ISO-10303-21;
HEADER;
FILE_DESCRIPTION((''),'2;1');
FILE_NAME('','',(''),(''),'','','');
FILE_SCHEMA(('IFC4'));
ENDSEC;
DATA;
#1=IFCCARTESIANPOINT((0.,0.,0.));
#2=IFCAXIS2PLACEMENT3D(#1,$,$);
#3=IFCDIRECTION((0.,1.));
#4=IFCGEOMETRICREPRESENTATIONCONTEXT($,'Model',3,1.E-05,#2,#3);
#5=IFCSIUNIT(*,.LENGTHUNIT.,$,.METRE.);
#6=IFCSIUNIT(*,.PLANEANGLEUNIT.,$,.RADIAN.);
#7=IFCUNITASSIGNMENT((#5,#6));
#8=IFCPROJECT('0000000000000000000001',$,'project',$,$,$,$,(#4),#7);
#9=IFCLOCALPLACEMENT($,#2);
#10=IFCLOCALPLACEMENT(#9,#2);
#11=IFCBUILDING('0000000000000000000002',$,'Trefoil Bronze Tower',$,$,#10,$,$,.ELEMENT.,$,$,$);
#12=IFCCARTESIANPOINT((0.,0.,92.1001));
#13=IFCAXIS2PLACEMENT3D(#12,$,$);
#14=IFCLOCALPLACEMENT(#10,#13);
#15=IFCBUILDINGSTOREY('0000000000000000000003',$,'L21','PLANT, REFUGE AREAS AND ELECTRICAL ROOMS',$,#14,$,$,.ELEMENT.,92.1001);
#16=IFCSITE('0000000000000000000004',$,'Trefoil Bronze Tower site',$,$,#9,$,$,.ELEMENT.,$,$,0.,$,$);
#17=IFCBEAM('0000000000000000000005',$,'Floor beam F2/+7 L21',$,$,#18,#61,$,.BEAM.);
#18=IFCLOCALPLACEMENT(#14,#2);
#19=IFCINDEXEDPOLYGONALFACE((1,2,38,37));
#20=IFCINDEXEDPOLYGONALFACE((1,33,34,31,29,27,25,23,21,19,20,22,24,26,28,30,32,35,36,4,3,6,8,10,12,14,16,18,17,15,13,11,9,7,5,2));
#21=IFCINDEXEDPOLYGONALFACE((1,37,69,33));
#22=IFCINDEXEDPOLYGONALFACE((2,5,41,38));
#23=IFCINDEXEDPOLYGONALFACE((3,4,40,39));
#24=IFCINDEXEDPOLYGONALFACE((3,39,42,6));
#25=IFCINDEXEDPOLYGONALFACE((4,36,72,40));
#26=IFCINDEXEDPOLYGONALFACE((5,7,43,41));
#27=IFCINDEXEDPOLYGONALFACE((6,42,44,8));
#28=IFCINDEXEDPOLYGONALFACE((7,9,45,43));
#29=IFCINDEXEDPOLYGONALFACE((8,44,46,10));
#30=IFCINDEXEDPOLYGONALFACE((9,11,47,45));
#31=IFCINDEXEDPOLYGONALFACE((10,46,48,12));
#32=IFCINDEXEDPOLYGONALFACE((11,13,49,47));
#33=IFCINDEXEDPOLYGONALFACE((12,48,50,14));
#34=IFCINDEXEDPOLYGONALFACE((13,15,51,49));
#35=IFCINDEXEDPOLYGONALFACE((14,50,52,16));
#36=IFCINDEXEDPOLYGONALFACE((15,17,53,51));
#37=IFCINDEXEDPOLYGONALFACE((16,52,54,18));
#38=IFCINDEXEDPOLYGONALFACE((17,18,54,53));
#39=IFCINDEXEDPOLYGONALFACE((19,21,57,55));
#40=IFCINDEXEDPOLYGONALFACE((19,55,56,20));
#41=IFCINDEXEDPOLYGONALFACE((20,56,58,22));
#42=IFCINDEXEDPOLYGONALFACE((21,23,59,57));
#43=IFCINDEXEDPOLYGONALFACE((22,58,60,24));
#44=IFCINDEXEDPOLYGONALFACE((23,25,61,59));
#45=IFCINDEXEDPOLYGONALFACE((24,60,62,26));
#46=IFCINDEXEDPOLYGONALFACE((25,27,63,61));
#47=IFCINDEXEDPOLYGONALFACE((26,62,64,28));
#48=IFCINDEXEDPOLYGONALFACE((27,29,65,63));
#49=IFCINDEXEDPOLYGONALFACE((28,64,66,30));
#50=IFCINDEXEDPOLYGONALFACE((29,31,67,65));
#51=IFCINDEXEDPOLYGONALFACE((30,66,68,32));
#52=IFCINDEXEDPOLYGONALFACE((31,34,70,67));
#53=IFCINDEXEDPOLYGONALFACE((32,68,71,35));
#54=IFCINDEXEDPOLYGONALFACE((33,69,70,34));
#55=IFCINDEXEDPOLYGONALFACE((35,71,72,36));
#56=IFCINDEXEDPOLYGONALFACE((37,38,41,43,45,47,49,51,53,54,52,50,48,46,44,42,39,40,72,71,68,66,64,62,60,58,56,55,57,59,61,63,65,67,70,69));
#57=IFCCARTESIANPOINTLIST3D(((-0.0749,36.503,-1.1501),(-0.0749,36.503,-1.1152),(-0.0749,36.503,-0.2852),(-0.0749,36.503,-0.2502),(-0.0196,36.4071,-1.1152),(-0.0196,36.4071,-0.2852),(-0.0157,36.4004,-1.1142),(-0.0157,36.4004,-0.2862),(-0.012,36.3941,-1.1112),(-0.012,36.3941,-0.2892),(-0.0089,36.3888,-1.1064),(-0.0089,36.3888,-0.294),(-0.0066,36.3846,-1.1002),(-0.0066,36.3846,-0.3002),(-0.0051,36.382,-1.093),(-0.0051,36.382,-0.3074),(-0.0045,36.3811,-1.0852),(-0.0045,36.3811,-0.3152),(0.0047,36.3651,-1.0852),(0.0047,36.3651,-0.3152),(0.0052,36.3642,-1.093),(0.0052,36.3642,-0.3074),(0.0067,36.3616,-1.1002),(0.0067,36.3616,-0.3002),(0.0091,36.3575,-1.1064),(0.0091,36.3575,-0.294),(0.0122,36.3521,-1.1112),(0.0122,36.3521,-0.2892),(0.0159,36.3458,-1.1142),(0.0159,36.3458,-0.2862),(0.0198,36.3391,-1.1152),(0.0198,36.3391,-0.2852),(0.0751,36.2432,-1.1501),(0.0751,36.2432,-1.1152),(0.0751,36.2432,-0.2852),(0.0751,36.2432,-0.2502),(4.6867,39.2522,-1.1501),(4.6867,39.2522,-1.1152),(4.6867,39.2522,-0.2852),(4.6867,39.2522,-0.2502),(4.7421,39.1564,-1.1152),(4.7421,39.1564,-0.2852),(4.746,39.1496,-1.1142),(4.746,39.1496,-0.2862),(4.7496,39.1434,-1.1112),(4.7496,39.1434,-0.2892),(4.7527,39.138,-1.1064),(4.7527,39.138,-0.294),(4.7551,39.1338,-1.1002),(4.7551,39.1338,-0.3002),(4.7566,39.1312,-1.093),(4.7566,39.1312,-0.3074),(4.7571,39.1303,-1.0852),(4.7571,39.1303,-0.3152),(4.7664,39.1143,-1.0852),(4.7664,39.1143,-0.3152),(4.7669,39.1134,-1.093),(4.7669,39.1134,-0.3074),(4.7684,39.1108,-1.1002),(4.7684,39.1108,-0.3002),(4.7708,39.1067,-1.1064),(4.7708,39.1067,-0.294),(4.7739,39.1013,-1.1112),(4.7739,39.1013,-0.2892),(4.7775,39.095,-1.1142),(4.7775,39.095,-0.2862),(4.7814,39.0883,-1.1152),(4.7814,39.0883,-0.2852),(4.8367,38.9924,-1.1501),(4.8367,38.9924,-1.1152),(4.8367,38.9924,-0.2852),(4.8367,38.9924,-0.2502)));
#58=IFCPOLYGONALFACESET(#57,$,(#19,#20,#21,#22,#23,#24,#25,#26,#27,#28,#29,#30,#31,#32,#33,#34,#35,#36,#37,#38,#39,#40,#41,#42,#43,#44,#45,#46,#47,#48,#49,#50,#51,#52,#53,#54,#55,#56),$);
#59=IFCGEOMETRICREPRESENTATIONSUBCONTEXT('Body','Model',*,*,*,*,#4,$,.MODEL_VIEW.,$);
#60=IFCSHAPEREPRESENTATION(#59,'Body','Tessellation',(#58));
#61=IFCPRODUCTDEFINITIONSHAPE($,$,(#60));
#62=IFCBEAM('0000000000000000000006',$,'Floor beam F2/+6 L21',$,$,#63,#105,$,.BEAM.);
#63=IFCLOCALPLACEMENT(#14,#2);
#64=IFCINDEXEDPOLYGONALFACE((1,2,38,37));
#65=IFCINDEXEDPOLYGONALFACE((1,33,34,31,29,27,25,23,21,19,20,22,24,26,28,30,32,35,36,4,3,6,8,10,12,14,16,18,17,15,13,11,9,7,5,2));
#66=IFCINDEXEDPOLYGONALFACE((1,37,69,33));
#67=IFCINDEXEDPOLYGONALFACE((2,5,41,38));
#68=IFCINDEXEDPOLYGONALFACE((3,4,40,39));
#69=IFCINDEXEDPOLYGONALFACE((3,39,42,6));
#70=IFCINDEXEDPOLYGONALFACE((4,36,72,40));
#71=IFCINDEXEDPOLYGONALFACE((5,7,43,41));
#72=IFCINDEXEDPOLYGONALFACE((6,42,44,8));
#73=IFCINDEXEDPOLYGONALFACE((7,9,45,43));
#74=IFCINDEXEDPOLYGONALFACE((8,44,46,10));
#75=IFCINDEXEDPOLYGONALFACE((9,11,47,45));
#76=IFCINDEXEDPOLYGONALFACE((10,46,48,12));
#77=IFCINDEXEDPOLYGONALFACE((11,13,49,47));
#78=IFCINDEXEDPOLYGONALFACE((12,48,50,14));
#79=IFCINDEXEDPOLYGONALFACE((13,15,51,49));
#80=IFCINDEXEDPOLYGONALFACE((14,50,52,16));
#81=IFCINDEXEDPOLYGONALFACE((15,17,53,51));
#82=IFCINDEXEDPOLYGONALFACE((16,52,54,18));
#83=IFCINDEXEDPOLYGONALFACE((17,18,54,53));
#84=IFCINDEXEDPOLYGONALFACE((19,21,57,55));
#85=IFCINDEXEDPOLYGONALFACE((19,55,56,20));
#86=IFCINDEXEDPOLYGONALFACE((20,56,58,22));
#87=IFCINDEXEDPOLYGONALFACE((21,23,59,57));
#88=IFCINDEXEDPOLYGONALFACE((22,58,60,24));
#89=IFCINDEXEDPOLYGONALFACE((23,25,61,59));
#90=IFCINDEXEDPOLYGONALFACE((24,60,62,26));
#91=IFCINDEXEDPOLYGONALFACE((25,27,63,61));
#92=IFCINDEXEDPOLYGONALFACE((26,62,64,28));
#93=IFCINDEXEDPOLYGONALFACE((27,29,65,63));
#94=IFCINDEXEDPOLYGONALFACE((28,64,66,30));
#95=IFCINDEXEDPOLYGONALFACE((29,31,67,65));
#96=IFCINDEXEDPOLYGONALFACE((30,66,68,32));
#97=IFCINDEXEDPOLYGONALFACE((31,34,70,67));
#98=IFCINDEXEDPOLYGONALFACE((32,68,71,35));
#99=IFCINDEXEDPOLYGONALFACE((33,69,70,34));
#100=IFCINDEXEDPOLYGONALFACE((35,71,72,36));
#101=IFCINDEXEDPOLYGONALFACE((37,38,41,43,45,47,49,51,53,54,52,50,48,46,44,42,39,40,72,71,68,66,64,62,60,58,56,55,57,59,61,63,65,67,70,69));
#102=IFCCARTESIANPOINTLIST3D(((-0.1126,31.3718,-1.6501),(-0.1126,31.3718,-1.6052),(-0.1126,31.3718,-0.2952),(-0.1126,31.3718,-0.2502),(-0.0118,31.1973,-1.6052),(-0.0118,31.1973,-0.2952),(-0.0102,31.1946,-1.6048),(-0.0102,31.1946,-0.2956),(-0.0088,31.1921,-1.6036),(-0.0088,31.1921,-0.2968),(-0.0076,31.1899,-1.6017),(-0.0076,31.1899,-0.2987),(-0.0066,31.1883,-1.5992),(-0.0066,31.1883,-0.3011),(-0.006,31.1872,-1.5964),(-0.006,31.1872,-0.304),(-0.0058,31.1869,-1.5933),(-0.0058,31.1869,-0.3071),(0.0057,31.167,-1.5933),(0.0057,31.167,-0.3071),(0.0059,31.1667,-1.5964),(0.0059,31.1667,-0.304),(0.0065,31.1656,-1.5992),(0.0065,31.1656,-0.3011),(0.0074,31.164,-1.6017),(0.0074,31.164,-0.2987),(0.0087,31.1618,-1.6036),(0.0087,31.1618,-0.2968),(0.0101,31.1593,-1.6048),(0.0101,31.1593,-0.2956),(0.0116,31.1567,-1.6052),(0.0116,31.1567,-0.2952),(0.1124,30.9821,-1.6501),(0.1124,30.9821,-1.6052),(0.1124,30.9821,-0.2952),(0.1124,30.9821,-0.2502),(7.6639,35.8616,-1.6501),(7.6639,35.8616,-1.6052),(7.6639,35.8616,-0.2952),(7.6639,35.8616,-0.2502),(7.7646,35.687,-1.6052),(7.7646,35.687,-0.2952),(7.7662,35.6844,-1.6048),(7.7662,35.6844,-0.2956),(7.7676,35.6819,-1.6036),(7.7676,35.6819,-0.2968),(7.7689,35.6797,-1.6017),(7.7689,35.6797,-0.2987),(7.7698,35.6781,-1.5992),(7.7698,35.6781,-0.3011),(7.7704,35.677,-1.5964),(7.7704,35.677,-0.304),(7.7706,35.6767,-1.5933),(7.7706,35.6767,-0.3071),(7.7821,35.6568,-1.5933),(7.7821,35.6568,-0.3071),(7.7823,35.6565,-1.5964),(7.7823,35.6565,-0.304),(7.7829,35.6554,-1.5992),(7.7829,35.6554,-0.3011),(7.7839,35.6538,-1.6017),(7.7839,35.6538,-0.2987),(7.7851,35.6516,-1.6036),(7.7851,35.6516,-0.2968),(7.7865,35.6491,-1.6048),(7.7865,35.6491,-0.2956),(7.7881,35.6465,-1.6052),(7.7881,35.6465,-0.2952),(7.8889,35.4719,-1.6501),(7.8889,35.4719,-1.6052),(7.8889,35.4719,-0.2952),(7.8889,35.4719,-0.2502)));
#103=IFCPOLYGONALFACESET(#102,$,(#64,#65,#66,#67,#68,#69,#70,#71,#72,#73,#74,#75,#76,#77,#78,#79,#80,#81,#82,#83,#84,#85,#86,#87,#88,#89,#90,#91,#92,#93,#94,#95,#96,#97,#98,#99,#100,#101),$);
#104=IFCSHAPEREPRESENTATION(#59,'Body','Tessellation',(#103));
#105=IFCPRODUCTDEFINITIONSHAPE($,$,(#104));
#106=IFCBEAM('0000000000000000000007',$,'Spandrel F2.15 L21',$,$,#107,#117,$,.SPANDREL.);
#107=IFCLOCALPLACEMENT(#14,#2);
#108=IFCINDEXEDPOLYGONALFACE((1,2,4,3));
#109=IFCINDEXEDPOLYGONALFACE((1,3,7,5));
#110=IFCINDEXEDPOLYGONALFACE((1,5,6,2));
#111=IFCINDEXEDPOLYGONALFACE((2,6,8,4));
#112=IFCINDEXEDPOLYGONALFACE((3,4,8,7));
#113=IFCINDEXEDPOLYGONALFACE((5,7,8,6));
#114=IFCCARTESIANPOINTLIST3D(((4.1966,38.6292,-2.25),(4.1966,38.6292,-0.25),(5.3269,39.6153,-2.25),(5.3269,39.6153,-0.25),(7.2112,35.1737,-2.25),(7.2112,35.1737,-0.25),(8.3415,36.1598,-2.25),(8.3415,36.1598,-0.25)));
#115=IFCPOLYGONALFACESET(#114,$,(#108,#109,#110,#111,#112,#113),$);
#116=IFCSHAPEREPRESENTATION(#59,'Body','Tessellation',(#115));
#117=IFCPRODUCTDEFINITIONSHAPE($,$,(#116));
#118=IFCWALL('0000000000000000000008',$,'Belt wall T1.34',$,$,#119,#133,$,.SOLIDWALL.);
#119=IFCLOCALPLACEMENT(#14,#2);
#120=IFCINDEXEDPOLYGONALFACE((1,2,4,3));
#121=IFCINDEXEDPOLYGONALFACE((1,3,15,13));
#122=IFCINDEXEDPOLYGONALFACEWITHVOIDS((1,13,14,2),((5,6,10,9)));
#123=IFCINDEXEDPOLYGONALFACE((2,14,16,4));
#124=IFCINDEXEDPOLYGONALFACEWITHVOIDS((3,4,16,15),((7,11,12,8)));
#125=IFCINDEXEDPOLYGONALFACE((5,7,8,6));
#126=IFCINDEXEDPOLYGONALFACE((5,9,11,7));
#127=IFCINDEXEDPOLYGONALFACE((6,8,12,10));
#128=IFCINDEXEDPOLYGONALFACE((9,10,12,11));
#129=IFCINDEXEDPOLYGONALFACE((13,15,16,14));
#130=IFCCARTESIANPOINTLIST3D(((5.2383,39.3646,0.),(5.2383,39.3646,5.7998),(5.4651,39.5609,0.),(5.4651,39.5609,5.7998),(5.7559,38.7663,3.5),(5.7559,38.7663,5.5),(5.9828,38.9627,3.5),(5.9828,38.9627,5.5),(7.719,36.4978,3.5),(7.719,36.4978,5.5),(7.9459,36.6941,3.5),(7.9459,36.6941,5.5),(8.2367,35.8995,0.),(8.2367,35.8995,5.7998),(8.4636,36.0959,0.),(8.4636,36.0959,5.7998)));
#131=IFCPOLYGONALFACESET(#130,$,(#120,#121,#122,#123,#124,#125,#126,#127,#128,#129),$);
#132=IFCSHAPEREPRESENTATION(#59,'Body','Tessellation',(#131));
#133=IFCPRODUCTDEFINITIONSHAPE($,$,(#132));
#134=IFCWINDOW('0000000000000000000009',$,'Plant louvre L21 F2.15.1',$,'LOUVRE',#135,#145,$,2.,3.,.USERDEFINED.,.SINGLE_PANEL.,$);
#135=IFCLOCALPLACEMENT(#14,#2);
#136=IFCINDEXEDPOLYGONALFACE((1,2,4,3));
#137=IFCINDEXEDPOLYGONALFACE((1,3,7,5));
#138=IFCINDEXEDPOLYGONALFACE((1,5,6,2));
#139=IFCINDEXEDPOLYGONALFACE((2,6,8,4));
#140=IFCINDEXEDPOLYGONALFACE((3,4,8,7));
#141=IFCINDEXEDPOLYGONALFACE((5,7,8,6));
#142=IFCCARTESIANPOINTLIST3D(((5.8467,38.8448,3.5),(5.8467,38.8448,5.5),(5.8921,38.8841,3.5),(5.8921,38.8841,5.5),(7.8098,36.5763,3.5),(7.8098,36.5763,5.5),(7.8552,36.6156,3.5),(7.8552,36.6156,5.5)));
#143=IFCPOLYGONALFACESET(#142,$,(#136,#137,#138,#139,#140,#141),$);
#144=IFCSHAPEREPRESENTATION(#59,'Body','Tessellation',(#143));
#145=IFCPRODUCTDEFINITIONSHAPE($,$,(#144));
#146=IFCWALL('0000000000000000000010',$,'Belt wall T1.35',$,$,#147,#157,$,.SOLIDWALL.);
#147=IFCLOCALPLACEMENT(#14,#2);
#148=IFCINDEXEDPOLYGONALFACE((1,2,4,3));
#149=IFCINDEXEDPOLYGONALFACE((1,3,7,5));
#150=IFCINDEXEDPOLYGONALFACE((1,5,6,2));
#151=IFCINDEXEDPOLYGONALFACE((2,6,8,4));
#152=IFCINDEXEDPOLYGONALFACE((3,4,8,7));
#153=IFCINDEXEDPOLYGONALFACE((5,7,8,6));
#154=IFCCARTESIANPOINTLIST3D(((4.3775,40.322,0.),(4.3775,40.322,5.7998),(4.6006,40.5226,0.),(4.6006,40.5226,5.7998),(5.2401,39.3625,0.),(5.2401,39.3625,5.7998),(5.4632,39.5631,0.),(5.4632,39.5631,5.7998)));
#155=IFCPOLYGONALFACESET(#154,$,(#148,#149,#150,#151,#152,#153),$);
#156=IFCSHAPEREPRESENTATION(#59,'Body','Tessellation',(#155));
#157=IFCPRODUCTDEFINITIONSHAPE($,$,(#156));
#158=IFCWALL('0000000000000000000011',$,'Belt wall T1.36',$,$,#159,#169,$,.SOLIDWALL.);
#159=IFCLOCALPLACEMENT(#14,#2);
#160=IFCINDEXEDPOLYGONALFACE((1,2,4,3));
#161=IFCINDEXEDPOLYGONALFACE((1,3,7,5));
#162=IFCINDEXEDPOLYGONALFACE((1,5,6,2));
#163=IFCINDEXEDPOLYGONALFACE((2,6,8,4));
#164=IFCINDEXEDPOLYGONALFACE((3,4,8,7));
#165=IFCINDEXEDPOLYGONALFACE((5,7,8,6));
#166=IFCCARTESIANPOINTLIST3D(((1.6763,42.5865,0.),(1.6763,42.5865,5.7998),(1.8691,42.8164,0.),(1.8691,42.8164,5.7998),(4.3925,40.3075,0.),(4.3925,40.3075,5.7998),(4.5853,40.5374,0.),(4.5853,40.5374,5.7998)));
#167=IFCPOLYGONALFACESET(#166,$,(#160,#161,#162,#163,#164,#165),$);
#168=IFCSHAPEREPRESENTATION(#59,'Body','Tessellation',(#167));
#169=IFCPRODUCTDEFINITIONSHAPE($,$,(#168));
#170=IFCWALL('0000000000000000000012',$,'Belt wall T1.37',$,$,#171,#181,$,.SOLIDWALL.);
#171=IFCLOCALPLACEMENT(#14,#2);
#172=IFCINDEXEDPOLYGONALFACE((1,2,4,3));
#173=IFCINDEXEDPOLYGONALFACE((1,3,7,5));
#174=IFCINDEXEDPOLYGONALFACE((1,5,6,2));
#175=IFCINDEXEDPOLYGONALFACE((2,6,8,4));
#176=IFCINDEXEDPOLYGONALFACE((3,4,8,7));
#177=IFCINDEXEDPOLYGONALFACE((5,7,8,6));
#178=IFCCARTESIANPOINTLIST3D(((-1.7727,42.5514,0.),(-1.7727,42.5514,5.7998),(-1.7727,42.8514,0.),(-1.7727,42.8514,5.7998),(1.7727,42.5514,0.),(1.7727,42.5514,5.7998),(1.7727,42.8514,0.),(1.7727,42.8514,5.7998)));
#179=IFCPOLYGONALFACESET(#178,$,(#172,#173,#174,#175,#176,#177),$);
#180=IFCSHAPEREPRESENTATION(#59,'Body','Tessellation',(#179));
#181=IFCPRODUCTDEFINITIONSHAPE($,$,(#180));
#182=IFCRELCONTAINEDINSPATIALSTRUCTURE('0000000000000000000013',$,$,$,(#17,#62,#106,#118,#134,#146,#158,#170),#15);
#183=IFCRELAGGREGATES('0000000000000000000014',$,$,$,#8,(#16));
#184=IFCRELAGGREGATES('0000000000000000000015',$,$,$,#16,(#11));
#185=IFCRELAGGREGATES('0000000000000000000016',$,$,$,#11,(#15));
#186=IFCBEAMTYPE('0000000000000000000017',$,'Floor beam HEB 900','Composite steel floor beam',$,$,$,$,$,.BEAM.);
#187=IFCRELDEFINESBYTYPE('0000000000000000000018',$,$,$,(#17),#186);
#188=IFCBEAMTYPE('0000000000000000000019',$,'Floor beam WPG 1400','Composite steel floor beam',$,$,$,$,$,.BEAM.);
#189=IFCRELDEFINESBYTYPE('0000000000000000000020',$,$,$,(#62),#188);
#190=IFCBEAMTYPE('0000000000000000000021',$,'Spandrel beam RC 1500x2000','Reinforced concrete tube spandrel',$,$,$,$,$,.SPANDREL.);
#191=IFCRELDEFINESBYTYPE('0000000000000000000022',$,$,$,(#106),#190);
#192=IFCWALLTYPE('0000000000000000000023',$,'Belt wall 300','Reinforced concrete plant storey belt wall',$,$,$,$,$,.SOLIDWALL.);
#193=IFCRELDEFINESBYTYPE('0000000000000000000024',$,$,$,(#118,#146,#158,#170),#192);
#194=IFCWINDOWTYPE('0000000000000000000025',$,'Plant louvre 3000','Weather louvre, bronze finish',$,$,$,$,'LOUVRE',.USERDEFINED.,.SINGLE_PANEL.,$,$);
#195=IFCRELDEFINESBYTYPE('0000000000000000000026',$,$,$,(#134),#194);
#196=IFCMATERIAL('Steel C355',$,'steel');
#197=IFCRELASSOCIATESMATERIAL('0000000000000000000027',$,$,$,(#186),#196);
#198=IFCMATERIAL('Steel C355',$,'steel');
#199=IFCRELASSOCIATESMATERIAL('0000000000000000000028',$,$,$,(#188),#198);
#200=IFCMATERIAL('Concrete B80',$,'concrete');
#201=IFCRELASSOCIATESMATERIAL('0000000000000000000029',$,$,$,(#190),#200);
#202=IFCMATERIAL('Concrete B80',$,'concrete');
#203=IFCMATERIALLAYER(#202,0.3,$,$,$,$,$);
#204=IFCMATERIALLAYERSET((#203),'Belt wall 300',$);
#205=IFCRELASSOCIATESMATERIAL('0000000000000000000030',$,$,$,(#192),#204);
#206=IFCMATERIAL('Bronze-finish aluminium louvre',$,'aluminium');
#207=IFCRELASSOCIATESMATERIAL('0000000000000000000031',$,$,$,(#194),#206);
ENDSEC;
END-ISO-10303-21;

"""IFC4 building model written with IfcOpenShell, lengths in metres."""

from ifc_helpers import new_model, si_unit, direction, frame, frame_2d, origin, origin_2d, place, context, subcontext, project, spatial, rectangle, i_section, extrude, material, layer, layer_set, material_profile, profile_set, type_object, element, fill, save


model = new_model("IFC4")

# Units and contexts
model_context = context("Model", 3, precision=1e-05, world=origin(), true_north=direction((0.0, 1.0)))
body_context = subcontext(model_context, "Body", "Model", "MODEL_VIEW")
ifc_project = project(units=[si_unit("LENGTHUNIT", "METRE"), si_unit("PLANEANGLEUNIT", "RADIAN")], contexts=[model_context])

# Site, building, storey
site_placement = place(None, origin())
site = spatial("IfcSite", under=ifc_project, at=site_placement, Name="Trefoil Bronze Tower site", CompositionType="ELEMENT", RefElevation=0.0)
building_placement = place(site_placement, origin())
building = spatial("IfcBuilding", under=site, at=building_placement, Name="Trefoil Bronze Tower", CompositionType="ELEMENT")
storey_placement = place(building_placement, frame((0.0, 0.0, 92.1001)))
storey = spatial("IfcBuildingStorey", under=building, at=storey_placement, Name="L21", Description="PLANT, REFUGE AREAS AND ELECTRICAL ROOMS", CompositionType="ELEMENT", Elevation=92.1001)

# Beams
ifc_material_1 = material(Name="Steel C355", Category="steel")
ifc_material_profile_1 = material_profile(ifc_material_1, i_section(OverallWidth=0.3, OverallDepth=0.8999, WebThickness=0.0186, FlangeThickness=0.0349, FilletRadius=0.03, at=origin_2d()), Name="HEB 900")
ifc_profile_set_1 = profile_set([ifc_material_profile_1], Name="Steel C355")
beam_type_1 = type_object("IfcBeamType", Name="Floor beam HEB 900", Description="Composite steel floor beam", PredefinedType="BEAM", material=ifc_profile_set_1)
beam_1_placement = place(storey_placement, frame((4.7617, 39.1223, -0.7002), z_axis=(-0.866018, -0.500012, 0.0), x_axis=(0.500012, -0.866018, 0.0)))
element("IfcBeam", 1, at=beam_1_placement, inside=storey, type_object=beam_type_1, Name="Floor beam F2/+7 L21", PredefinedType="BEAM", context=body_context, shape_type="SweptSolid", body=[
    extrude(i_section(OverallWidth=0.3, OverallDepth=0.8999, WebThickness=0.0186, FlangeThickness=0.0349, FilletRadius=0.03, at=origin_2d()), origin(), (0.0, 0.0, 1.0), 5.4983),
])
ifc_material_2 = material(Name="Steel C355", Category="steel")
ifc_material_profile_2 = material_profile(ifc_material_2, i_section(OverallWidth=0.45, OverallDepth=1.3999, WebThickness=0.0229, FlangeThickness=0.0449, FilletRadius=0.012, at=origin_2d()), Name="WPG 1400")
ifc_profile_set_2 = profile_set([ifc_material_profile_2], Name="Steel C355")
beam_type_2 = type_object("IfcBeamType", Name="Floor beam WPG 1400", Description="Composite steel floor beam", PredefinedType="BEAM", material=ifc_profile_set_2)
beam_2_placement = place(storey_placement, frame((7.7764, 35.6667, -0.9502), z_axis=(-0.866023, -0.500005, 0.0), x_axis=(0.500005, -0.866023, 0.0)))
element("IfcBeam", 2, at=beam_2_placement, inside=storey, type_object=beam_type_2, Name="Floor beam F2/+6 L21", PredefinedType="BEAM", context=body_context, shape_type="SweptSolid", body=[
    extrude(i_section(OverallWidth=0.45, OverallDepth=1.3999, WebThickness=0.0229, FlangeThickness=0.0449, FilletRadius=0.012, at=origin_2d()), origin(), (0.0, 0.0, 1.0), 8.9795),
])
ifc_material_3 = material(Name="Concrete B80", Category="concrete")
ifc_material_profile_3 = material_profile(ifc_material_3, rectangle(XDim=1.5, YDim=2.0, at=origin_2d()), Name="RC 1500x2000")
ifc_profile_set_3 = profile_set([ifc_material_profile_3], Name="Concrete B80")
beam_type_3 = type_object("IfcBeamType", Name="Spandrel beam RC 1500x2000", Description="Reinforced concrete tube spandrel", PredefinedType="SPANDREL", material=ifc_profile_set_3)
beam_3_placement = place(storey_placement, frame((7.7764, 35.6667, -1.25), z_axis=(-0.657396, 0.753545, 0.0), x_axis=(-0.753545, -0.657396, 0.0)))
element("IfcBeam", 3, at=beam_3_placement, inside=storey, type_object=beam_type_3, Name="Spandrel F2.15 L21", PredefinedType="SPANDREL", context=body_context, shape_type="SweptSolid", body=[
    extrude(rectangle(XDim=1.5, YDim=2.0, at=origin_2d()), origin(), (0.0, 0.0, 1.0), 4.5857),
])

# Wall, opening, window
ifc_material_4 = material(Name="Concrete B80", Category="concrete")
ifc_layer_1 = layer(ifc_material_4, 0.3)
ifc_layer_set_1 = layer_set([ifc_layer_1], Name="Belt wall 300")
wall_type_1 = type_object("IfcWallType", Name="Belt wall 300", Description="Reinforced concrete plant storey belt wall", PredefinedType="SOLIDWALL", material=ifc_layer_set_1)
wall_1_placement = place(storey_placement, frame((8.3501, 35.9978, 0.0), z_axis=(0.0, 0.0, 1.0), x_axis=(-0.654364, 0.756179, 0.0)))
wall_1 = element("IfcWall", 4, at=wall_1_placement, inside=storey, type_object=wall_type_1, Name="Belt wall T1.34", PredefinedType="SOLIDWALL", context=body_context, shape_type="SweptSolid", body=[
    extrude(rectangle(XDim=4.5823, YDim=0.3, at=frame_2d((2.291, 0.0))), origin(), (0.0, 0.0, 1.0), 5.7998),
])
opening_placement = place(wall_1_placement, frame((0.791, 0.0, 3.5)))
opening = element("IfcOpeningElement", 5, at=opening_placement, cuts=wall_1, PredefinedType="OPENING", context=body_context, shape_type="SweptSolid", body=[
    extrude(rectangle(XDim=3.0, YDim=2.0, at=frame_2d((1.5, 1.0))), frame((0.0, 0.1599, 0.0), z_axis=(0.0, -1.0, 0.0), x_axis=(1.0, 0.0, 0.0)), (0.0, 0.0, 1.0), 0.3201),
])
ifc_material_5 = material(Name="Bronze-finish aluminium louvre", Category="aluminium")
window_type = type_object("IfcWindowType", Name="Plant louvre 3000", Description="Weather louvre, bronze finish", ElementType="LOUVRE", PartitioningType="SINGLE_PANEL", PredefinedType="USERDEFINED", material=ifc_material_5)
window_placement = place(opening_placement, origin())
window = element("IfcWindow", 6, at=window_placement, inside=storey, type_object=window_type, Name="Plant louvre L21 F2.15.1", ObjectType="LOUVRE", OverallHeight=2.0, OverallWidth=3.0, PartitioningType="SINGLE_PANEL", PredefinedType="USERDEFINED", context=body_context, shape_type="SweptSolid", body=[
    extrude(rectangle(XDim=3.0, YDim=2.0, at=frame_2d((1.5, 1.0))), frame((0.0, 0.03, 0.0), z_axis=(0.0, -1.0, 0.0), x_axis=(1.0, 0.0, 0.0)), (0.0, 0.0, 1.0), 0.0601),
])
fill(opening, window)

# Walls
wall_2_placement = place(storey_placement, frame((5.3516, 39.4629, 0.0), z_axis=(0.0, 0.0, 1.0), x_axis=(-0.668546, 0.74367, 0.0)))
element("IfcWall", 7, at=wall_2_placement, inside=storey, type_object=wall_type_1, Name="Belt wall T1.35", PredefinedType="SOLIDWALL", context=body_context, shape_type="SweptSolid", body=[
    extrude(rectangle(XDim=1.2903, YDim=0.3, at=frame_2d((0.645, 0.0))), origin(), (0.0, 0.0, 1.0), 5.7998),
])
wall_3_placement = place(storey_placement, frame((4.489, 40.4224, 0.0), z_axis=(0.0, 0.0, 1.0), x_axis=(-0.766072, 0.642754, 0.0)))
element("IfcWall", 8, at=wall_3_placement, inside=storey, type_object=wall_type_1, Name="Belt wall T1.36", PredefinedType="SOLIDWALL", context=body_context, shape_type="SweptSolid", body=[
    extrude(rectangle(XDim=3.5457, YDim=0.3, at=frame_2d((1.7729, 0.0))), origin(), (0.0, 0.0, 1.0), 5.7998),
])
wall_4_placement = place(storey_placement, frame((1.7727, 42.7014, 0.0), z_axis=(0.0, 0.0, 1.0), x_axis=(-1.0, 0.0, 0.0)))
element("IfcWall", 9, at=wall_4_placement, inside=storey, type_object=wall_type_1, Name="Belt wall T1.37", PredefinedType="SOLIDWALL", context=body_context, shape_type="SweptSolid", body=[
    extrude(rectangle(XDim=3.5454, YDim=0.3, at=frame_2d((1.7727, 0.0))), origin(), (0.0, 0.0, 1.0), 5.7998),
])

save(model, "model.ifc")
